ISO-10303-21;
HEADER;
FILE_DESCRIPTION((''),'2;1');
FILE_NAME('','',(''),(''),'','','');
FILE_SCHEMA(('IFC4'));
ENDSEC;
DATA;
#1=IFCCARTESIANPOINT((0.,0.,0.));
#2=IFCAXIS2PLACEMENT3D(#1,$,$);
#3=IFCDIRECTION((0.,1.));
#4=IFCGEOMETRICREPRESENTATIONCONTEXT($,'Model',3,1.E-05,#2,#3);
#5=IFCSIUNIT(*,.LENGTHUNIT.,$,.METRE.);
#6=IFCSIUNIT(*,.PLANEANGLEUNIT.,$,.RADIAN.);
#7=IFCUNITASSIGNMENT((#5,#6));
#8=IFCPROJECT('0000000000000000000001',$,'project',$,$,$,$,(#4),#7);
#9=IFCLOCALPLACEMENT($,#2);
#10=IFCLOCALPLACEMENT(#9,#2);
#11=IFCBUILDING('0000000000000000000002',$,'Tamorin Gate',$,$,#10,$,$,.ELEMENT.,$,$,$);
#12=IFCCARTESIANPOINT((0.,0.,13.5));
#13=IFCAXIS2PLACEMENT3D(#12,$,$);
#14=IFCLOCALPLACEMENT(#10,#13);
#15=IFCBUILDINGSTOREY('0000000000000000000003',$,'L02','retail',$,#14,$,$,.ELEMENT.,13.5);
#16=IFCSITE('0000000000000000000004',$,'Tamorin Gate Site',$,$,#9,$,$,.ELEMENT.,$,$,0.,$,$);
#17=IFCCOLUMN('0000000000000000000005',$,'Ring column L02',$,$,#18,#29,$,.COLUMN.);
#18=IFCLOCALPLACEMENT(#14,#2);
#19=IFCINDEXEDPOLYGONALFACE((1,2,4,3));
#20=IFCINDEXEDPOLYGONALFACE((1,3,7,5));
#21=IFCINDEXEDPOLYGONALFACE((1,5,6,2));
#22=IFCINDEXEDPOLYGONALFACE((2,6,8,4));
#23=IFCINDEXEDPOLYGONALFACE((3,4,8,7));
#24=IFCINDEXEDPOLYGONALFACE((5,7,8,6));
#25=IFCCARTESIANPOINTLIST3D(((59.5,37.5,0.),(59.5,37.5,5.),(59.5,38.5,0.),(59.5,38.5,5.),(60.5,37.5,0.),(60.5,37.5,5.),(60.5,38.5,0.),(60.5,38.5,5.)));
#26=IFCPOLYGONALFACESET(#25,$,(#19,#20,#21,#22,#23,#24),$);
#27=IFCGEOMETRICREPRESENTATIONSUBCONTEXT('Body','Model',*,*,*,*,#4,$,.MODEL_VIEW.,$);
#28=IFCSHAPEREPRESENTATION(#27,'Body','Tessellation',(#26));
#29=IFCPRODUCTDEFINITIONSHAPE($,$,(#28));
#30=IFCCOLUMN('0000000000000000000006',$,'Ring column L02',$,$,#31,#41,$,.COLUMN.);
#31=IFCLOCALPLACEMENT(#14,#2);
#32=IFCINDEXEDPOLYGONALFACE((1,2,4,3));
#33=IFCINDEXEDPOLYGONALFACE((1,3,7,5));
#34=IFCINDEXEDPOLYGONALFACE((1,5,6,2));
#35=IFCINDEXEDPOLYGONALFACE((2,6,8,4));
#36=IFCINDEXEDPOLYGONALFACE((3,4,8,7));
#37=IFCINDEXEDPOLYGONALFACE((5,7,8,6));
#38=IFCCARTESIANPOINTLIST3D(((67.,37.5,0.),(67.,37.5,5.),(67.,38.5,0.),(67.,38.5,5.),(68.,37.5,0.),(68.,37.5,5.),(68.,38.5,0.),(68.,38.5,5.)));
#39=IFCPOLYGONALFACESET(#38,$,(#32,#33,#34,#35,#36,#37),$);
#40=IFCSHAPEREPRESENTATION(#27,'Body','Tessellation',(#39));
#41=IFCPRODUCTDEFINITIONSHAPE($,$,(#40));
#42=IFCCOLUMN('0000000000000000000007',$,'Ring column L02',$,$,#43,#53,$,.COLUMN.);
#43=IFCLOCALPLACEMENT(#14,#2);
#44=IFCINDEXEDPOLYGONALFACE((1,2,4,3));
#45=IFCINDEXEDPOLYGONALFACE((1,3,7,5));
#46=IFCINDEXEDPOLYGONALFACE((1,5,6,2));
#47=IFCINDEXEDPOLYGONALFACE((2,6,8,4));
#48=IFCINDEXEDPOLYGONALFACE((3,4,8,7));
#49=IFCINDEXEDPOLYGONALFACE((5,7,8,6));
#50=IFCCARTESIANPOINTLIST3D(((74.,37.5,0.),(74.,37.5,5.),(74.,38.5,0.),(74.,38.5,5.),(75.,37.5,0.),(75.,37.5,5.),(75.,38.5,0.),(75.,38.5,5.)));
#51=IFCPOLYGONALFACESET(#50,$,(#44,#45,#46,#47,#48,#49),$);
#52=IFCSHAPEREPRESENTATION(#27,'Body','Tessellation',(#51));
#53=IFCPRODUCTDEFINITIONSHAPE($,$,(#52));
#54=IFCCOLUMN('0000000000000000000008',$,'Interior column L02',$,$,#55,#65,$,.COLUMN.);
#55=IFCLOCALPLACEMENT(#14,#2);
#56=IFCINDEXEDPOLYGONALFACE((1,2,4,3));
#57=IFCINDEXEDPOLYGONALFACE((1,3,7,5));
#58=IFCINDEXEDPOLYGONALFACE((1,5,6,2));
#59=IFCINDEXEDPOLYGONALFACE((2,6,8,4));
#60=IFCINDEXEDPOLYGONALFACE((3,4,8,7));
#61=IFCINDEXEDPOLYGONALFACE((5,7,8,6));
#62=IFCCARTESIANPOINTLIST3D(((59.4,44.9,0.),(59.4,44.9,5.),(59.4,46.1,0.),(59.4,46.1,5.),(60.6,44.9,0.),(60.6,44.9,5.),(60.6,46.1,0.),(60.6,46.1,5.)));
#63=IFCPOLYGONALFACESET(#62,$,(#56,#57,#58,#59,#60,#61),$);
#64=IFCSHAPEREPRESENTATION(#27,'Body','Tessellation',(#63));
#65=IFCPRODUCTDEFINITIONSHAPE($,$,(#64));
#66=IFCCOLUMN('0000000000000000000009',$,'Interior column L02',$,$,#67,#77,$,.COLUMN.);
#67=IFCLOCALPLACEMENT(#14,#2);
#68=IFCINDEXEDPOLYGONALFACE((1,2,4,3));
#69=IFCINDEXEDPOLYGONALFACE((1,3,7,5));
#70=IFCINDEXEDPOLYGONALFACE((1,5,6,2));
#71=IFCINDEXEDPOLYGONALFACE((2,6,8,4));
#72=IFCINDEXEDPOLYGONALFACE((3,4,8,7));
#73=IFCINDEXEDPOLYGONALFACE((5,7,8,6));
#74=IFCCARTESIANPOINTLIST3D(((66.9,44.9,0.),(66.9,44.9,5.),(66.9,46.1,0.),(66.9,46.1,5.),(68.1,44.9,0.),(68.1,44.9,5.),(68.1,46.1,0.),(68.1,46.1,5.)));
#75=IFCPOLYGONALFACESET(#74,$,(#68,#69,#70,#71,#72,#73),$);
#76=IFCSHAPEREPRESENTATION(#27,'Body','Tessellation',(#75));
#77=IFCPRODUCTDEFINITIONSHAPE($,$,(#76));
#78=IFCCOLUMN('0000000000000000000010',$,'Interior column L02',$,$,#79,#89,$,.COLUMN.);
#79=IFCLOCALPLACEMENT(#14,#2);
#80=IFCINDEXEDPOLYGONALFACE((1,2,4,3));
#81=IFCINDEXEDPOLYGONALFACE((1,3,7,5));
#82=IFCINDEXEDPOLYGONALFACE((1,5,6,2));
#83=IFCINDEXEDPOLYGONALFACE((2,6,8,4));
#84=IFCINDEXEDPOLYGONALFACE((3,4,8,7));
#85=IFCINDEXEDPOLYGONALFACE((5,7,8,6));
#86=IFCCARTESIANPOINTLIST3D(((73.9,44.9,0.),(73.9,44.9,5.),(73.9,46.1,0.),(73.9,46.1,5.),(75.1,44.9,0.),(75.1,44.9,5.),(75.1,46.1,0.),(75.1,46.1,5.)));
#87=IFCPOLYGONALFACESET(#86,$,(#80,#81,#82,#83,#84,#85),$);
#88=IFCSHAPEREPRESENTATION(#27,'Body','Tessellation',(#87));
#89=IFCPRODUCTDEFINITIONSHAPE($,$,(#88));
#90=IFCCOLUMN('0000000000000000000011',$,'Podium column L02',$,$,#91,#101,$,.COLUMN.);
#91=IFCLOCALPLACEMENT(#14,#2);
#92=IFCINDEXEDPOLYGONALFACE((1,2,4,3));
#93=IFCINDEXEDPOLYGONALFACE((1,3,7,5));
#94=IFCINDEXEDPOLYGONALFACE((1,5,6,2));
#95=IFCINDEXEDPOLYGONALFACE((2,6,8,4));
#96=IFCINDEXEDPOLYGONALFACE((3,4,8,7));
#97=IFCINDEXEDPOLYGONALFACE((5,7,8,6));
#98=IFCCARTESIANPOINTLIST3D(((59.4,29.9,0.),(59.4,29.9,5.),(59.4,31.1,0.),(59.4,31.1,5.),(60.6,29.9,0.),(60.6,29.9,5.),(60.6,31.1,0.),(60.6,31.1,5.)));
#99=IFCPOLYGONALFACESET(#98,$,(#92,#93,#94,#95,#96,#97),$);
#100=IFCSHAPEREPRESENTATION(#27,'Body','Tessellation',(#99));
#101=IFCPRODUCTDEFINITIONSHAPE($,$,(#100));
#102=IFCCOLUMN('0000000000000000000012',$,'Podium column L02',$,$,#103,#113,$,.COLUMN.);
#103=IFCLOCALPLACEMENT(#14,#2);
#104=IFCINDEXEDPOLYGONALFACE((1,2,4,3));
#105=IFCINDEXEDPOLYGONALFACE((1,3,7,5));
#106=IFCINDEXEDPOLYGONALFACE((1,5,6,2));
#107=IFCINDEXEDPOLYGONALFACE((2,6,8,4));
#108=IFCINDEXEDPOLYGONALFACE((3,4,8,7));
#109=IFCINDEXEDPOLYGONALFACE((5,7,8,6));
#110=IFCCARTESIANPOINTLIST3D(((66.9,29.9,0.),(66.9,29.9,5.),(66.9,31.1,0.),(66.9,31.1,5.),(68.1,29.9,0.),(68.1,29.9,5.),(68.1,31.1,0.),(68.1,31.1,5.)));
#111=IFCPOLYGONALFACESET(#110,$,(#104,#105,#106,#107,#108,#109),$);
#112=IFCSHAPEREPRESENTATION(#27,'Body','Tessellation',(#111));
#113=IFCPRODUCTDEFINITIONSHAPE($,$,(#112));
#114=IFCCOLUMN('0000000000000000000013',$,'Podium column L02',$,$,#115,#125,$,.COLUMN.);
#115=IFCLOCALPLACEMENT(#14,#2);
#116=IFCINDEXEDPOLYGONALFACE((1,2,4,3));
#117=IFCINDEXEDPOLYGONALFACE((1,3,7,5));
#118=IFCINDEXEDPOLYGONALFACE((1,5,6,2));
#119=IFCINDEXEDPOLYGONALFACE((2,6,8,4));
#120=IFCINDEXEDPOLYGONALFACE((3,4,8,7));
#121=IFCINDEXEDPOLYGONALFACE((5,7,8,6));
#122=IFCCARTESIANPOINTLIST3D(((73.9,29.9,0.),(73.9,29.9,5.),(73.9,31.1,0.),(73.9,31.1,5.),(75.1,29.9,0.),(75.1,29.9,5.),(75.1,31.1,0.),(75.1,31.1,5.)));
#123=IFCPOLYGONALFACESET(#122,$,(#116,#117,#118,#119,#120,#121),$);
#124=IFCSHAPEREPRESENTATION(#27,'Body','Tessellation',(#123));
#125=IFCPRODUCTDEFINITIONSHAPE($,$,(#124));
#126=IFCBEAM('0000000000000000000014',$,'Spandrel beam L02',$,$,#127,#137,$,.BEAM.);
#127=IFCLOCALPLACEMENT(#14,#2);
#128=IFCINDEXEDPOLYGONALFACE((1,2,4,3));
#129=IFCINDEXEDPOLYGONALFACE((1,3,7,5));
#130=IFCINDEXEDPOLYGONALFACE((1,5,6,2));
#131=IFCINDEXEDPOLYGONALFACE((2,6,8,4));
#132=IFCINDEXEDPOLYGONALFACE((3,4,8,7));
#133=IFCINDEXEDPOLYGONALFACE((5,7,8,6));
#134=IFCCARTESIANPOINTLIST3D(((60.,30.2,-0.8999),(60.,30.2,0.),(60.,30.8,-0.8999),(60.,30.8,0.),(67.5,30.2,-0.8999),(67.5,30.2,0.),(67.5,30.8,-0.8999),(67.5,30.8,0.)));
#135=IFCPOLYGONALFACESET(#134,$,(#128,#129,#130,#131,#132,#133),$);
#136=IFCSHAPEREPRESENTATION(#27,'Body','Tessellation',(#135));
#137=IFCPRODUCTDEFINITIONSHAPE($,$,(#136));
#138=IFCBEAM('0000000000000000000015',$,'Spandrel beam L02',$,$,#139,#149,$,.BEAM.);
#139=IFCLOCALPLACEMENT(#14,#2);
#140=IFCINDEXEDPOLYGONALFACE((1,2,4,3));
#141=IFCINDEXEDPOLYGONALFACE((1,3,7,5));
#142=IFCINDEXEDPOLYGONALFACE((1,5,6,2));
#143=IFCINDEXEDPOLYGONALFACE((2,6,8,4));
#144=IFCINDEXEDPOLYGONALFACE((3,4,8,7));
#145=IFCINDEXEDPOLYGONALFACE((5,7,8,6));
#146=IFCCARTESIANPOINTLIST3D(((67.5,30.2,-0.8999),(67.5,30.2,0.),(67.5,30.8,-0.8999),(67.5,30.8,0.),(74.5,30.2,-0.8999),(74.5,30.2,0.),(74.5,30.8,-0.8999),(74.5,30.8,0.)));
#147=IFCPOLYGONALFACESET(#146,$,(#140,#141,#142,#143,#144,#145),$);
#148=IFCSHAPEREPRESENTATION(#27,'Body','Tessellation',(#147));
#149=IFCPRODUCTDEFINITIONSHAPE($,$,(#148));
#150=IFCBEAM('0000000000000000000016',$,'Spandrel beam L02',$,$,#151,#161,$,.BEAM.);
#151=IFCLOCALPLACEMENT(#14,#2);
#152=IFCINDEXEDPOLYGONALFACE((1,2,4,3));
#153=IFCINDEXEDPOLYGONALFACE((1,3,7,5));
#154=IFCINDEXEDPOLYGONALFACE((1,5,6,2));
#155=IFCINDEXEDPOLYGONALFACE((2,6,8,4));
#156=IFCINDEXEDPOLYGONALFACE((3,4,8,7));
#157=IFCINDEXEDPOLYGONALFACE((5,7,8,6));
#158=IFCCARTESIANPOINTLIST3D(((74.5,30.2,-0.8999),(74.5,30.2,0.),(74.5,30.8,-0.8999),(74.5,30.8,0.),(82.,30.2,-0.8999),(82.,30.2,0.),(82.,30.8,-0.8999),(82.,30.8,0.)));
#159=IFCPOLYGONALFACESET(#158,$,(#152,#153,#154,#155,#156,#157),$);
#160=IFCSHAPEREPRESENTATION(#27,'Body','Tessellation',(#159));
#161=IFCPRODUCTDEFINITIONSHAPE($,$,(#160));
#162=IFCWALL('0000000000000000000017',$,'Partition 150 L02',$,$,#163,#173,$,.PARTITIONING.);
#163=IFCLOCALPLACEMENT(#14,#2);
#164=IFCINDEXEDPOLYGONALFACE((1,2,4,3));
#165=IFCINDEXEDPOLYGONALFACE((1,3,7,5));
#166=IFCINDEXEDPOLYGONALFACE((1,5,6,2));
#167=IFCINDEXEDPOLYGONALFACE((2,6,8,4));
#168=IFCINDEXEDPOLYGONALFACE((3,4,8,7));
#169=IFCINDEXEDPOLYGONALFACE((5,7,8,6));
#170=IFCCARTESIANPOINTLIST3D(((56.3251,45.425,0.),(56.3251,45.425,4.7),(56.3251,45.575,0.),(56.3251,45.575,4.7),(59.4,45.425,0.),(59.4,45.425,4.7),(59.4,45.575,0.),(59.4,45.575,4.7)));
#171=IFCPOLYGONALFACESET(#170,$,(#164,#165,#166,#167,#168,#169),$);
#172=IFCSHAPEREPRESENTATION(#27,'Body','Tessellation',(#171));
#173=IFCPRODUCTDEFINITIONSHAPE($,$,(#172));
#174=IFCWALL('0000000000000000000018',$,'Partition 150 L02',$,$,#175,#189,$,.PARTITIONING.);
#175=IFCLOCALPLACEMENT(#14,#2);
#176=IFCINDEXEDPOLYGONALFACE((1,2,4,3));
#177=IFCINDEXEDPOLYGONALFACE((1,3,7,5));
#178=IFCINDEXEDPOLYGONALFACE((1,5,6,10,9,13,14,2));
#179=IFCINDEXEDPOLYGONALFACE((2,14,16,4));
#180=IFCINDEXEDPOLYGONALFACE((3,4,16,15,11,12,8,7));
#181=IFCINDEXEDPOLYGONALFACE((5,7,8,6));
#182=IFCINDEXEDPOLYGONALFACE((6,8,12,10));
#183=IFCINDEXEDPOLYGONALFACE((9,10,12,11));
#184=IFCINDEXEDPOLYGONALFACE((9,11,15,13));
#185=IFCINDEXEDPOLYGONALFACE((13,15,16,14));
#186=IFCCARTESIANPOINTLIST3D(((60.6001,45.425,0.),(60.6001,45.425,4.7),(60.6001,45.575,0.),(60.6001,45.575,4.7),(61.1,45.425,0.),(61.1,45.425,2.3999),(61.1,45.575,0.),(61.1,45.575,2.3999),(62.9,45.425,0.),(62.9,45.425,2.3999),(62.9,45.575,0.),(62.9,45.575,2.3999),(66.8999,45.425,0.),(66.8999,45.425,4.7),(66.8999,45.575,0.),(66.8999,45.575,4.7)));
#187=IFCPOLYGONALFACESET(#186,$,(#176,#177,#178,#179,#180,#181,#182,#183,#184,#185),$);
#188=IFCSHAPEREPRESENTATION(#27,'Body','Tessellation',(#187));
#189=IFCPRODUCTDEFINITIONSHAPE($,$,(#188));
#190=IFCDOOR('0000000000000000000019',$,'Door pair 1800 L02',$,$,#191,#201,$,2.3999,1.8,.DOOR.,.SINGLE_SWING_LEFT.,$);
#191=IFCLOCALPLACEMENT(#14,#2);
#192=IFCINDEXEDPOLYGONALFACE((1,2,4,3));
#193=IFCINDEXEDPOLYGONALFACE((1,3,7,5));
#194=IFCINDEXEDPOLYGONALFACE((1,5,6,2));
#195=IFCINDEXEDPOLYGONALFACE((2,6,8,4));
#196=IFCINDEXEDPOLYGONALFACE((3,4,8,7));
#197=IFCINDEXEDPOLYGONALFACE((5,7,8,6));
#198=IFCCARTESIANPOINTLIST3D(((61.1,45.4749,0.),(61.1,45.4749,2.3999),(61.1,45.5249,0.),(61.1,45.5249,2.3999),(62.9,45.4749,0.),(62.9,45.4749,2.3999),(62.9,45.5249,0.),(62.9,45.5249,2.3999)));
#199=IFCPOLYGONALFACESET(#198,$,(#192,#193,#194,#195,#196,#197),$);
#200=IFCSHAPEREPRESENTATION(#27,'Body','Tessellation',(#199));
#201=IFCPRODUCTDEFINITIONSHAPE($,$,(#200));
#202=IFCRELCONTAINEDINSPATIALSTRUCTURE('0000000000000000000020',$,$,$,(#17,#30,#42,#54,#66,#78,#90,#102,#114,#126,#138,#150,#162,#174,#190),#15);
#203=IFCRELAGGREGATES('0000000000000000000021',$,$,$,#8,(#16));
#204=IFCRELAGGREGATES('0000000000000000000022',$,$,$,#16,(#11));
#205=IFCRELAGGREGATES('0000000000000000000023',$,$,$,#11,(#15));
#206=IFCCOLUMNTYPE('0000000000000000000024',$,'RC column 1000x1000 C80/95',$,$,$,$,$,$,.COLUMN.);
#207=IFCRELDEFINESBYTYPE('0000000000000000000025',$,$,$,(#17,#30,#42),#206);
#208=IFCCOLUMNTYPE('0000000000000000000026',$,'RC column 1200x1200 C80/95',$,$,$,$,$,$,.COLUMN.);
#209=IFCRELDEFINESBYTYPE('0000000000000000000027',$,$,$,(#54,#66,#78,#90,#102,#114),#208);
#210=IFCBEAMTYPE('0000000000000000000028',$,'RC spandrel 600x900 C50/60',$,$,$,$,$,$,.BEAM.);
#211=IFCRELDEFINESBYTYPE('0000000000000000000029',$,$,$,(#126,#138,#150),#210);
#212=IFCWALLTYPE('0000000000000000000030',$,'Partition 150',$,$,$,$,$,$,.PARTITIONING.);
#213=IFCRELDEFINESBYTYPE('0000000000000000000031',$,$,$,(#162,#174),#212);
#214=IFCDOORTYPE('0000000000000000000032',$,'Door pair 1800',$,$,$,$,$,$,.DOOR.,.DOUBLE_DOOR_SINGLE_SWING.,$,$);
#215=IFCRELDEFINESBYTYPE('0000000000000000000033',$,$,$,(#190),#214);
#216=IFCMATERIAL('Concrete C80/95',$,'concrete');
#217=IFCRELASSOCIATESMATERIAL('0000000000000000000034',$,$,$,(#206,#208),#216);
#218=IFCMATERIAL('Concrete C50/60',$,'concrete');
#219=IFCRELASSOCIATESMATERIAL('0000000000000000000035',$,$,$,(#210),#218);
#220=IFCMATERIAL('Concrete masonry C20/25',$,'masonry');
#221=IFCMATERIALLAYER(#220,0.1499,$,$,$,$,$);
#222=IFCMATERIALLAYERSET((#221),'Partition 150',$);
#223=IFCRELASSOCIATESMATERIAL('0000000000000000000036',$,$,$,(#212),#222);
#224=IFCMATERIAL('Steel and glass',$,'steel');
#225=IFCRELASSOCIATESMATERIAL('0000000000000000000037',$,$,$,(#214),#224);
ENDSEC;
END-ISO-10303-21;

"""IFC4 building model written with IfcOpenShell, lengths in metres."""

from ifc_helpers import new_model, si_unit, direction, frame, frame_2d, origin, origin_2d, place, context, subcontext, project, spatial, rectangle, extrude, material, layer, layer_set, material_profile, profile_set, type_object, element, fill, save


model = new_model("IFC4")

# Units and contexts
model_context = context("Model", 3, precision=1e-05, world=origin(), true_north=direction((0.0, 1.0)))
body_context = subcontext(model_context, "Body", "Model", "MODEL_VIEW")
ifc_project = project(units=[si_unit("LENGTHUNIT", "METRE"), si_unit("PLANEANGLEUNIT", "RADIAN")], contexts=[model_context])

# Site, building, storey
site_placement = place(None, origin())
site = spatial("IfcSite", under=ifc_project, at=site_placement, Name="Tamorin Gate Site", CompositionType="ELEMENT", RefElevation=0.0)
building_placement = place(site_placement, origin())
building = spatial("IfcBuilding", under=site, at=building_placement, Name="Tamorin Gate", CompositionType="ELEMENT")
storey_placement = place(building_placement, frame((0.0, 0.0, 13.5)))
storey = spatial("IfcBuildingStorey", under=building, at=storey_placement, Name="L02", Description="retail", CompositionType="ELEMENT", Elevation=13.5)

# Columns
ifc_material_1 = material(Name="Concrete C80/95", Category="concrete")
ifc_material_profile_1 = material_profile(ifc_material_1, rectangle(XDim=1.0, YDim=1.0, at=origin_2d()), Name="RC 1000x1000")
ifc_profile_set_1 = profile_set([ifc_material_profile_1], Name="Concrete C80/95")
column_type_1 = type_object("IfcColumnType", Name="RC column 1000x1000 C80/95", PredefinedType="COLUMN", material=ifc_profile_set_1)
for number, where, z_axis, x_axis, name in (
    (1, (60.0, 38.0, 0.0), (0.0, 0.0, 1.0), (1.0, 0.0, 0.0), "Ring column L02"),
    (2, (67.5, 38.0, 0.0), (0.0, 0.0, 1.0), (1.0, 0.0, 0.0), "Ring column L02"),
    (3, (74.5, 38.0, 0.0), (0.0, 0.0, 1.0), (1.0, 0.0, 0.0), "Ring column L02"),
):
    element("IfcColumn", number, at=place(storey_placement, frame(where, z_axis=z_axis, x_axis=x_axis)), inside=storey, type_object=column_type_1, Name=name, PredefinedType="COLUMN", context=body_context, shape_type="SweptSolid", body=[
        extrude(rectangle(XDim=1.0, YDim=1.0, at=origin_2d()), origin(), (0.0, 0.0, 1.0), 5.0),
    ])
ifc_material_profile_2 = material_profile(ifc_material_1, rectangle(XDim=1.2, YDim=1.2, at=origin_2d()), Name="RC 1200x1200")
ifc_profile_set_2 = profile_set([ifc_material_profile_2], Name="Concrete C80/95")
column_type_2 = type_object("IfcColumnType", Name="RC column 1200x1200 C80/95", PredefinedType="COLUMN", material=ifc_profile_set_2)
for number, where, z_axis, x_axis, name in (
    (4, (60.0, 45.5, 0.0), (0.0, 0.0, 1.0), (1.0, 0.0, 0.0), "Interior column L02"),
    (5, (67.5, 45.5, 0.0), (0.0, 0.0, 1.0), (1.0, 0.0, 0.0), "Interior column L02"),
    (6, (74.5, 45.5, 0.0), (0.0, 0.0, 1.0), (1.0, 0.0, 0.0), "Interior column L02"),
    (7, (60.0, 30.5, 0.0), (0.0, 0.0, 1.0), (1.0, 0.0, 0.0), "Podium column L02"),
    (8, (67.5, 30.5, 0.0), (0.0, 0.0, 1.0), (1.0, 0.0, 0.0), "Podium column L02"),
    (9, (74.5, 30.5, 0.0), (0.0, 0.0, 1.0), (1.0, 0.0, 0.0), "Podium column L02"),
):
    element("IfcColumn", number, at=place(storey_placement, frame(where, z_axis=z_axis, x_axis=x_axis)), inside=storey, type_object=column_type_2, Name=name, PredefinedType="COLUMN", context=body_context, shape_type="SweptSolid", body=[
        extrude(rectangle(XDim=1.2, YDim=1.2, at=origin_2d()), origin(), (0.0, 0.0, 1.0), 5.0),
    ])

# Beams
ifc_material_2 = material(Name="Concrete C50/60", Category="concrete")
ifc_material_profile_3 = material_profile(ifc_material_2, rectangle(XDim=0.6001, YDim=0.8999, at=origin_2d()), Name="RC 600x900")
ifc_profile_set_3 = profile_set([ifc_material_profile_3], Name="Concrete C50/60")
beam_type = type_object("IfcBeamType", Name="RC spandrel 600x900 C50/60", PredefinedType="BEAM", material=ifc_profile_set_3)
beam_1_placement = place(storey_placement, frame((60.0, 30.5, -0.45), z_axis=(1.0, 0.0, 0.0), x_axis=(0.0, 1.0, 0.0)))
element("IfcBeam", 10, at=beam_1_placement, inside=storey, type_object=beam_type, Name="Spandrel beam L02", PredefinedType="BEAM", context=body_context, shape_type="SweptSolid", body=[
    extrude(rectangle(XDim=0.6001, YDim=0.8999, at=origin_2d()), origin(), (0.0, 0.0, 1.0), 7.5),
])
beam_2_placement = place(storey_placement, frame((67.5, 30.5, -0.45), z_axis=(1.0, 0.0, 0.0), x_axis=(0.0, 1.0, 0.0)))
element("IfcBeam", 11, at=beam_2_placement, inside=storey, type_object=beam_type, Name="Spandrel beam L02", PredefinedType="BEAM", context=body_context, shape_type="SweptSolid", body=[
    extrude(rectangle(XDim=0.6001, YDim=0.8999, at=origin_2d()), origin(), (0.0, 0.0, 1.0), 7.0),
])
beam_3_placement = place(storey_placement, frame((74.5, 30.5, -0.45), z_axis=(1.0, 0.0, 0.0), x_axis=(0.0, 1.0, 0.0)))
element("IfcBeam", 12, at=beam_3_placement, inside=storey, type_object=beam_type, Name="Spandrel beam L02", PredefinedType="BEAM", context=body_context, shape_type="SweptSolid", body=[
    extrude(rectangle(XDim=0.6001, YDim=0.8999, at=origin_2d()), origin(), (0.0, 0.0, 1.0), 7.5),
])

# Wall
ifc_material_3 = material(Name="Concrete masonry C20/25", Category="masonry")
ifc_layer_1 = layer(ifc_material_3, 0.1499)
ifc_layer_set_1 = layer_set([ifc_layer_1], Name="Partition 150")
wall_type_1 = type_object("IfcWallType", Name="Partition 150", PredefinedType="PARTITIONING", material=ifc_layer_set_1)
wall_1_placement = place(storey_placement, frame((56.325, 45.5, 0.0), z_axis=(0.0, 0.0, 1.0), x_axis=(1.0, 0.0, 0.0)))
element("IfcWall", 13, at=wall_1_placement, inside=storey, type_object=wall_type_1, Name="Partition 150 L02", PredefinedType="PARTITIONING", context=body_context, shape_type="SweptSolid", body=[
    extrude(rectangle(XDim=3.075, YDim=0.1499, at=frame_2d((1.5376, 0.0))), origin(), (0.0, 0.0, 1.0), 4.7),
])

# Wall, opening, door
wall_2_placement = place(storey_placement, frame((60.6001, 45.5, 0.0), z_axis=(0.0, 0.0, 1.0), x_axis=(1.0, 0.0, 0.0)))
wall_2 = element("IfcWall", 14, at=wall_2_placement, inside=storey, type_object=wall_type_1, Name="Partition 150 L02", PredefinedType="PARTITIONING", context=body_context, shape_type="SweptSolid", body=[
    extrude(rectangle(XDim=6.2998, YDim=0.1499, at=frame_2d((3.1499, 0.0))), origin(), (0.0, 0.0, 1.0), 4.7),
])
opening_1_placement = place(wall_2_placement, frame((0.5, 0.0, 0.0)))
opening_1 = element("IfcOpeningElement", 15, at=opening_1_placement, cuts=wall_2, PredefinedType="OPENING", context=body_context, shape_type="SweptSolid", body=[
    extrude(rectangle(XDim=1.8, YDim=2.3999, at=frame_2d((0.8999, 1.2))), frame((0.0, 0.085, 0.0), z_axis=(0.0, -1.0, 0.0), x_axis=(1.0, 0.0, 0.0)), (0.0, 0.0, 1.0), 0.1699),
])
ifc_material_4 = material(Name="Steel and glass", Category="steel")
door_type = type_object("IfcDoorType", Name="Door pair 1800", OperationType="DOUBLE_DOOR_SINGLE_SWING", PredefinedType="DOOR", material=ifc_material_4)
door_1_placement = place(opening_1_placement, origin())
door_1 = element("IfcDoor", 16, at=door_1_placement, inside=storey, type_object=door_type, Name="Door pair 1800 L02", OperationType="SINGLE_SWING_LEFT", OverallHeight=2.3999, OverallWidth=1.8, PredefinedType="DOOR", context=body_context, shape_type="SweptSolid", body=[
    extrude(rectangle(XDim=1.8, YDim=2.3999, at=frame_2d((0.8999, 1.2))), frame((0.0, 0.0249, 0.0), z_axis=(0.0, -1.0, 0.0), x_axis=(1.0, 0.0, 0.0)), (0.0, 0.0, 1.0), 0.05),
])
fill(opening_1, door_1)

save(model, "model.ifc")
